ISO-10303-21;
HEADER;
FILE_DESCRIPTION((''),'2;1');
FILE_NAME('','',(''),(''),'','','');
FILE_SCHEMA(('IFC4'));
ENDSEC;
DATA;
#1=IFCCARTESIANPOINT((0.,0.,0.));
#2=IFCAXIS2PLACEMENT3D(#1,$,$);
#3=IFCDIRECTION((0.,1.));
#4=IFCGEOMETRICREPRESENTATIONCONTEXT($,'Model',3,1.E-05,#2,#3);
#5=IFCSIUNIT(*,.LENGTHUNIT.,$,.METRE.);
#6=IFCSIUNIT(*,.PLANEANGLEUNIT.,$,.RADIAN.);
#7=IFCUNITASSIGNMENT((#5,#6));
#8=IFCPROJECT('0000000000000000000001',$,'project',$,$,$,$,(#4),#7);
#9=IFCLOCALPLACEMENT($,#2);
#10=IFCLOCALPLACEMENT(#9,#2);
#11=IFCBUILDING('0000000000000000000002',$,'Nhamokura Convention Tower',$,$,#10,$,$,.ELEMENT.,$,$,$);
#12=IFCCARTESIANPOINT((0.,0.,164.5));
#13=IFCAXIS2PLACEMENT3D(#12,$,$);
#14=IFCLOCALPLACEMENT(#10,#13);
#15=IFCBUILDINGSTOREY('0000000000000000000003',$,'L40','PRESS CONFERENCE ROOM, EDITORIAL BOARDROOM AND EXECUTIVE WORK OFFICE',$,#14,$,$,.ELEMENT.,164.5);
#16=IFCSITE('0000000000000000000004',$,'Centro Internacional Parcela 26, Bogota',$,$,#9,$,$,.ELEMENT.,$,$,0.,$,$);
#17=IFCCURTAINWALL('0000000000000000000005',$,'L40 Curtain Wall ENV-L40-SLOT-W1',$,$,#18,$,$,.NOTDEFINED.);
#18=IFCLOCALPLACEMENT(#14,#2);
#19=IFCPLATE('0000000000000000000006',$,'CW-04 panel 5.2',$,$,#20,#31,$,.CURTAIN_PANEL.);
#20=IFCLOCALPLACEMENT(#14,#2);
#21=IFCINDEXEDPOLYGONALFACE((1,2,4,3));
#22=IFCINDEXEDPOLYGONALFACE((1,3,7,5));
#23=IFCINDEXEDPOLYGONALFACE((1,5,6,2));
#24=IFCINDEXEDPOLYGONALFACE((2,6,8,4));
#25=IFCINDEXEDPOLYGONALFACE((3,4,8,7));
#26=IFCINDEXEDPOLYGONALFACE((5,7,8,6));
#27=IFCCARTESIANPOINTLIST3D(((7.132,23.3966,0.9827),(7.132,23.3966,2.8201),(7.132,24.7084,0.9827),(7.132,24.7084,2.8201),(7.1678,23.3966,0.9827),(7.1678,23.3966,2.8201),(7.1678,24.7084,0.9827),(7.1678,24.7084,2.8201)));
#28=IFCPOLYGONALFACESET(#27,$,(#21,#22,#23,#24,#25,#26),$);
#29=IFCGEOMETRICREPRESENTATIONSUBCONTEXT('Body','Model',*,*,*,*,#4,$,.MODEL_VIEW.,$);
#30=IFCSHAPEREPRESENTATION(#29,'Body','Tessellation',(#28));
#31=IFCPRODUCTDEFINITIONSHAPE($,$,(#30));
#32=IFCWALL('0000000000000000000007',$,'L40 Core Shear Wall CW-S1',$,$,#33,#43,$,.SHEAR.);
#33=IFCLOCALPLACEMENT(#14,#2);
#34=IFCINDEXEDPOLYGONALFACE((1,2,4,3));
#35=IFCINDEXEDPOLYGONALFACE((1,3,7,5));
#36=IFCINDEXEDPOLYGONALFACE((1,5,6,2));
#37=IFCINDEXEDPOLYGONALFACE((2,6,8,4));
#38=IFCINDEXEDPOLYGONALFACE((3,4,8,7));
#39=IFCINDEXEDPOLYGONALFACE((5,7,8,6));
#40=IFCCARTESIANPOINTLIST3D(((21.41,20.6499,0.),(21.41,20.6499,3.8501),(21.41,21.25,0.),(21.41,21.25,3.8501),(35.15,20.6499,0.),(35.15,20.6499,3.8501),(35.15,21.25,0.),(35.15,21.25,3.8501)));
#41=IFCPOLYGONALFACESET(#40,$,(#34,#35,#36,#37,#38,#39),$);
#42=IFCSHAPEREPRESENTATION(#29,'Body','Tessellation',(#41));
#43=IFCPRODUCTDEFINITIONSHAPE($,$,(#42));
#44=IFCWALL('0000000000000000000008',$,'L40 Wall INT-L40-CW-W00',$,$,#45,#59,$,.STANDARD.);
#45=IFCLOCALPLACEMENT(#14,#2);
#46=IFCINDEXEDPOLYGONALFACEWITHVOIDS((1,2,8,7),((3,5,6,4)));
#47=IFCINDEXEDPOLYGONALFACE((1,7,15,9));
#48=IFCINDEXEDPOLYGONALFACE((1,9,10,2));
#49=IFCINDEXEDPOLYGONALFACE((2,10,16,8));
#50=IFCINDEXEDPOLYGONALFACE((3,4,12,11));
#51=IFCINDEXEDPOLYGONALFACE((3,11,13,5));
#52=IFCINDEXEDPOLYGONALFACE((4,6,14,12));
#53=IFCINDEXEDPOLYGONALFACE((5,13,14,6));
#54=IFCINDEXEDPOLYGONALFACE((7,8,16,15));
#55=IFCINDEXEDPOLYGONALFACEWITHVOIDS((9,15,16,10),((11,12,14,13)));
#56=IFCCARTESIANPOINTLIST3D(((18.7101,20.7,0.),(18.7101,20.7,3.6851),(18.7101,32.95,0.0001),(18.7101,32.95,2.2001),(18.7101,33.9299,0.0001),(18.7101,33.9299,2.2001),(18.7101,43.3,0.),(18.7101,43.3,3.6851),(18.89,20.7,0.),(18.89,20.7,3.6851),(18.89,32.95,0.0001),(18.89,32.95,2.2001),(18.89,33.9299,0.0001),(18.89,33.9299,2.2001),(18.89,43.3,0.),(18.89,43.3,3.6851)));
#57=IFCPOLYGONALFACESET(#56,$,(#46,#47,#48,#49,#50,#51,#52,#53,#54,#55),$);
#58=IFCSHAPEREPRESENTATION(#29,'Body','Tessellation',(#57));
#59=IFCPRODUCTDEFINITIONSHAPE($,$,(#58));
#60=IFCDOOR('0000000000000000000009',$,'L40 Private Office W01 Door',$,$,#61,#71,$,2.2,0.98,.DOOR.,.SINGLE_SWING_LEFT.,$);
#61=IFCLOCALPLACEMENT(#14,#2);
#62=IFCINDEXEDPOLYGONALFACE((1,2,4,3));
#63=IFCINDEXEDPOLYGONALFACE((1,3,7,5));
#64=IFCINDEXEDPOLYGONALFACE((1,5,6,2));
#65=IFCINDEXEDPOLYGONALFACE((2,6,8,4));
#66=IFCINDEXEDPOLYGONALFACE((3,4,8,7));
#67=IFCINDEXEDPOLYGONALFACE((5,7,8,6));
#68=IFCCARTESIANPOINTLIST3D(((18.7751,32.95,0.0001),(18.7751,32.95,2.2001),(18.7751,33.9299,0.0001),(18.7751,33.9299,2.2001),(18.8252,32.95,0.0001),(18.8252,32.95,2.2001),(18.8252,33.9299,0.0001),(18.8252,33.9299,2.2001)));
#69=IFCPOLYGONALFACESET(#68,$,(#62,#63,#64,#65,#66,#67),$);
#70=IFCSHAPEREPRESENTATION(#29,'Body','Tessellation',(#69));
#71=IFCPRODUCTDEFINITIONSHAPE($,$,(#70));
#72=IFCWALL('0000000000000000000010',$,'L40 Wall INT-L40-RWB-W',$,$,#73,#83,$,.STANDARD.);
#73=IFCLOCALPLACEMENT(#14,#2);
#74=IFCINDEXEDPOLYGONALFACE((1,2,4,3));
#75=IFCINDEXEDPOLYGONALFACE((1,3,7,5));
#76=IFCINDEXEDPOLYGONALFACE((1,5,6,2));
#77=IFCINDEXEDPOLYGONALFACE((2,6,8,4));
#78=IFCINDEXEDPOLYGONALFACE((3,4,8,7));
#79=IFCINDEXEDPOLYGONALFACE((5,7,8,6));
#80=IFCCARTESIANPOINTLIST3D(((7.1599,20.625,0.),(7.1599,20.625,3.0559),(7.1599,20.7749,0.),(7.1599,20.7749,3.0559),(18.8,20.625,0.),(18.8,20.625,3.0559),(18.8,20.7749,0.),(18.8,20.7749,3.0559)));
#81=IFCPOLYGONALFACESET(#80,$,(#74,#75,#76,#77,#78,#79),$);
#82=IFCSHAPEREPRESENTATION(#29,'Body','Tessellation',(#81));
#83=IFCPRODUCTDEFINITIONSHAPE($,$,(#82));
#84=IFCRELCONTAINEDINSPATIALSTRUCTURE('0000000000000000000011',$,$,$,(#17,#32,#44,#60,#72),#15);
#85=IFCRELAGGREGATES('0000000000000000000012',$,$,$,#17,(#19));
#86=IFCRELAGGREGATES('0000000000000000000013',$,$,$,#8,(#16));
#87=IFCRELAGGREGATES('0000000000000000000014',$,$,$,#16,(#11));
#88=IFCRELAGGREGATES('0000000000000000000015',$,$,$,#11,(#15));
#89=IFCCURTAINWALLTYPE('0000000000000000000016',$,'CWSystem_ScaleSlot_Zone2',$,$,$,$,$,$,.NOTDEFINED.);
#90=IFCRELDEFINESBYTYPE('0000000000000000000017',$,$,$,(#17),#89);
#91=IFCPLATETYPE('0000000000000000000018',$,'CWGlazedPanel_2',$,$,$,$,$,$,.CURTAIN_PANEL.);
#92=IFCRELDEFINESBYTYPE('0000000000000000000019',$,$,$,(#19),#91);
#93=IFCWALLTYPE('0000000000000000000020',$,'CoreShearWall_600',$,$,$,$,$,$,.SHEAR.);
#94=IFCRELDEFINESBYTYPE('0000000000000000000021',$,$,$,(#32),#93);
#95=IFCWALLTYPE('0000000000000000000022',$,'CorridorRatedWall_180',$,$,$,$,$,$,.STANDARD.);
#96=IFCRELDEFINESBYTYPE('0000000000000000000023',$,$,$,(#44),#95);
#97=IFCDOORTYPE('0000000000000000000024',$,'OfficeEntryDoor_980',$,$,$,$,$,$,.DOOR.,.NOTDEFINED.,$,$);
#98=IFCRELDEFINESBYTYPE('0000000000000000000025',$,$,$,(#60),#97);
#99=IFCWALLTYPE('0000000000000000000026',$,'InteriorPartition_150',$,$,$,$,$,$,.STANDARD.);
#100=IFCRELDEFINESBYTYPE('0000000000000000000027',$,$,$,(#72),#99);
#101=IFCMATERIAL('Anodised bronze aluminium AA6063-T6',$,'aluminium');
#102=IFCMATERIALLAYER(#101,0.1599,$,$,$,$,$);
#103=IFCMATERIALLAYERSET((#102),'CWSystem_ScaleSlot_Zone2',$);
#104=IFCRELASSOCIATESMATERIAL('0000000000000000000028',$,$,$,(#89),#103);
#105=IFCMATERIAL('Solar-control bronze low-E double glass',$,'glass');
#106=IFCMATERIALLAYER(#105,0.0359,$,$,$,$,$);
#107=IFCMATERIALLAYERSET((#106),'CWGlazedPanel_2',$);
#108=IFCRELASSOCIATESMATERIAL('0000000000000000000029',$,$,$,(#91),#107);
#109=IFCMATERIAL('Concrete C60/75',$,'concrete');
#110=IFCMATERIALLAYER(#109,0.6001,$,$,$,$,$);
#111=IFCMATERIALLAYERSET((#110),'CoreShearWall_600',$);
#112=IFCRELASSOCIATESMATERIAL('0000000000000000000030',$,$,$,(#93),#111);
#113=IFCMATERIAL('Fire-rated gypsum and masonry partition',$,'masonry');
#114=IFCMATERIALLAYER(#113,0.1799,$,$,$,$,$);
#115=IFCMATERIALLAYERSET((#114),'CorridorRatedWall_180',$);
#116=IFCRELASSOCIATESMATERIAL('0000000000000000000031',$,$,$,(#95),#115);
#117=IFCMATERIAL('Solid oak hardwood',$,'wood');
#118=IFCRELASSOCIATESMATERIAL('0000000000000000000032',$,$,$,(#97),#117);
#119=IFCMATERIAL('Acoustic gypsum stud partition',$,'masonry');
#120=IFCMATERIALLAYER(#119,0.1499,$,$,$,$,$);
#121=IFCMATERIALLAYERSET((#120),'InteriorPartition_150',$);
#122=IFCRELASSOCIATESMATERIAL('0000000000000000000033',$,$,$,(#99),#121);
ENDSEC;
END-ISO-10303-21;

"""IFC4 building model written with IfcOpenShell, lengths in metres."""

from ifc_helpers import new_model, si_unit, direction, frame, frame_2d, origin, origin_2d, place, context, subcontext, project, spatial, rectangle, extrude, material, layer, layer_set, type_object, element, fill, aggregate, save


model = new_model("IFC4")

# Units and contexts
model_context = context("Model", 3, precision=1e-05, world=origin(), true_north=direction((0.0, 1.0)))
body_context = subcontext(model_context, "Body", "Model", "MODEL_VIEW")
ifc_project = project(units=[si_unit("LENGTHUNIT", "METRE"), si_unit("PLANEANGLEUNIT", "RADIAN")], contexts=[model_context])

# Site, building, storey
site_placement = place(None, origin())
site = spatial("IfcSite", under=ifc_project, at=site_placement, Name="Centro Internacional Parcela 26, Bogota", CompositionType="ELEMENT", RefElevation=0.0)
building_placement = place(site_placement, origin())
building = spatial("IfcBuilding", under=site, at=building_placement, Name="Nhamokura Convention Tower", CompositionType="ELEMENT")
storey_placement = place(building_placement, frame((0.0, 0.0, 164.5)))
storey = spatial("IfcBuildingStorey", under=building, at=storey_placement, Name="L40", Description="PRESS CONFERENCE ROOM, EDITORIAL BOARDROOM AND EXECUTIVE WORK OFFICE", CompositionType="ELEMENT", Elevation=164.5)

# Curtain wall
ifc_material_1 = material(Name="Anodised bronze aluminium AA6063-T6", Category="aluminium")
ifc_layer_1 = layer(ifc_material_1, 0.1599)
ifc_layer_set_1 = layer_set([ifc_layer_1], Name="CWSystem_ScaleSlot_Zone2")
curtain_wall_type = type_object("IfcCurtainWallType", Name="CWSystem_ScaleSlot_Zone2", PredefinedType="NOTDEFINED", material=ifc_layer_set_1)
curtain_wall_1_placement = place(storey_placement, origin())
curtain_wall_1 = element("IfcCurtainWall", 1, at=curtain_wall_1_placement, inside=storey, type_object=curtain_wall_type, Name="L40 Curtain Wall ENV-L40-SLOT-W1", PredefinedType="NOTDEFINED")

# Plate
ifc_material_2 = material(Name="Solar-control bronze low-E double glass", Category="glass")
ifc_layer_2 = layer(ifc_material_2, 0.0359)
ifc_layer_set_2 = layer_set([ifc_layer_2], Name="CWGlazedPanel_2")
plate_type = type_object("IfcPlateType", Name="CWGlazedPanel_2", PredefinedType="CURTAIN_PANEL", material=ifc_layer_set_2)
plate_1_placement = place(storey_placement, frame((7.1499, 24.0525, 0.9827), z_axis=(0.0, 0.0, 1.0), x_axis=(0.0, 1.0, 0.0)))
plate_1 = element("IfcPlate", 2, at=plate_1_placement, type_object=plate_type, Name="CW-04 panel 5.2", PredefinedType="CURTAIN_PANEL", context=body_context, shape_type="SweptSolid", body=[
    extrude(rectangle(XDim=1.3118, YDim=0.0359, at=origin_2d()), origin(), (0.0, 0.0, 1.0), 1.8374),
])
aggregate(curtain_wall_1, [plate_1])

# Shared definitions
ifc_material_3 = material(Name="Concrete C60/75", Category="concrete")
ifc_layer_3 = layer(ifc_material_3, 0.6001)
ifc_layer_set_3 = layer_set([ifc_layer_3], Name="CoreShearWall_600")
wall_type_1 = type_object("IfcWallType", Name="CoreShearWall_600", PredefinedType="SHEAR", material=ifc_layer_set_3)

# Wall
wall_1_placement = place(storey_placement, frame((21.4099, 20.95, 0.0), z_axis=(0.0, 0.0, 1.0), x_axis=(1.0, 0.0, 0.0)))
element("IfcWall", 3, at=wall_1_placement, inside=storey, type_object=wall_type_1, Name="L40 Core Shear Wall CW-S1", PredefinedType="SHEAR", context=body_context, shape_type="SweptSolid", body=[
    extrude(rectangle(XDim=13.74, YDim=0.6001, at=frame_2d((6.8701, 0.0))), origin(), (0.0, 0.0, 1.0), 3.8501),
])

# Wall, opening, door
ifc_material_4 = material(Name="Fire-rated gypsum and masonry partition", Category="masonry")
ifc_layer_4 = layer(ifc_material_4, 0.1799)
ifc_layer_set_4 = layer_set([ifc_layer_4], Name="CorridorRatedWall_180")
wall_type_2 = type_object("IfcWallType", Name="CorridorRatedWall_180", PredefinedType="STANDARD", material=ifc_layer_set_4)
wall_2_placement = place(storey_placement, frame((18.8, 20.7, 0.0), z_axis=(0.0, 0.0, 1.0), x_axis=(0.0, 1.0, 0.0)))
wall_2 = element("IfcWall", 4, at=wall_2_placement, inside=storey, type_object=wall_type_2, Name="L40 Wall INT-L40-CW-W00", PredefinedType="STANDARD", context=body_context, shape_type="SweptSolid", body=[
    extrude(rectangle(XDim=22.6001, YDim=0.1799, at=frame_2d((11.3, 0.0))), origin(), (0.0, 0.0, 1.0), 3.6851),
])
opening_1_placement = place(wall_2_placement, frame((12.25, 0.0, 0.0)))
opening_1 = element("IfcOpeningElement", 5, at=opening_1_placement, cuts=wall_2, PredefinedType="OPENING", context=body_context, shape_type="SweptSolid", body=[
    extrude(rectangle(XDim=0.98, YDim=2.2, at=frame_2d((0.49, 1.1001))), frame((0.0, 0.0999, 0.0), z_axis=(0.0, -1.0, 0.0), x_axis=(1.0, 0.0, 0.0)), (0.0, 0.0, 1.0), 0.2),
])
ifc_material_5 = material(Name="Solid oak hardwood", Category="wood")
door_type_1 = type_object("IfcDoorType", Name="OfficeEntryDoor_980", OperationType="NOTDEFINED", PredefinedType="DOOR", material=ifc_material_5)
door_1_placement = place(opening_1_placement, origin())
door_1 = element("IfcDoor", 6, at=door_1_placement, inside=storey, type_object=door_type_1, Name="L40 Private Office W01 Door", OperationType="SINGLE_SWING_LEFT", OverallHeight=2.2, OverallWidth=0.98, PredefinedType="DOOR", context=body_context, shape_type="SweptSolid", body=[
    extrude(rectangle(XDim=0.98, YDim=2.2, at=frame_2d((0.49, 1.1001))), frame((0.0, 0.0249, 0.0), z_axis=(0.0, -1.0, 0.0), x_axis=(1.0, 0.0, 0.0)), (0.0, 0.0, 1.0), 0.05),
])
fill(opening_1, door_1)

# Wall
ifc_material_6 = material(Name="Acoustic gypsum stud partition", Category="masonry")
ifc_layer_5 = layer(ifc_material_6, 0.1499)
ifc_layer_set_5 = layer_set([ifc_layer_5], Name="InteriorPartition_150")
wall_type_3 = type_object("IfcWallType", Name="InteriorPartition_150", PredefinedType="STANDARD", material=ifc_layer_set_5)
wall_3_placement = place(storey_placement, frame((7.1599, 20.7, 0.0), z_axis=(0.0, 0.0, 1.0), x_axis=(1.0, 0.0, 0.0)))
element("IfcWall", 7, at=wall_3_placement, inside=storey, type_object=wall_type_3, Name="L40 Wall INT-L40-RWB-W", PredefinedType="STANDARD", context=body_context, shape_type="SweptSolid", body=[
    extrude(rectangle(XDim=11.6401, YDim=0.1499, at=frame_2d((5.8201, 0.0))), origin(), (0.0, 0.0, 1.0), 3.0559),
])

save(model, "model.ifc")
